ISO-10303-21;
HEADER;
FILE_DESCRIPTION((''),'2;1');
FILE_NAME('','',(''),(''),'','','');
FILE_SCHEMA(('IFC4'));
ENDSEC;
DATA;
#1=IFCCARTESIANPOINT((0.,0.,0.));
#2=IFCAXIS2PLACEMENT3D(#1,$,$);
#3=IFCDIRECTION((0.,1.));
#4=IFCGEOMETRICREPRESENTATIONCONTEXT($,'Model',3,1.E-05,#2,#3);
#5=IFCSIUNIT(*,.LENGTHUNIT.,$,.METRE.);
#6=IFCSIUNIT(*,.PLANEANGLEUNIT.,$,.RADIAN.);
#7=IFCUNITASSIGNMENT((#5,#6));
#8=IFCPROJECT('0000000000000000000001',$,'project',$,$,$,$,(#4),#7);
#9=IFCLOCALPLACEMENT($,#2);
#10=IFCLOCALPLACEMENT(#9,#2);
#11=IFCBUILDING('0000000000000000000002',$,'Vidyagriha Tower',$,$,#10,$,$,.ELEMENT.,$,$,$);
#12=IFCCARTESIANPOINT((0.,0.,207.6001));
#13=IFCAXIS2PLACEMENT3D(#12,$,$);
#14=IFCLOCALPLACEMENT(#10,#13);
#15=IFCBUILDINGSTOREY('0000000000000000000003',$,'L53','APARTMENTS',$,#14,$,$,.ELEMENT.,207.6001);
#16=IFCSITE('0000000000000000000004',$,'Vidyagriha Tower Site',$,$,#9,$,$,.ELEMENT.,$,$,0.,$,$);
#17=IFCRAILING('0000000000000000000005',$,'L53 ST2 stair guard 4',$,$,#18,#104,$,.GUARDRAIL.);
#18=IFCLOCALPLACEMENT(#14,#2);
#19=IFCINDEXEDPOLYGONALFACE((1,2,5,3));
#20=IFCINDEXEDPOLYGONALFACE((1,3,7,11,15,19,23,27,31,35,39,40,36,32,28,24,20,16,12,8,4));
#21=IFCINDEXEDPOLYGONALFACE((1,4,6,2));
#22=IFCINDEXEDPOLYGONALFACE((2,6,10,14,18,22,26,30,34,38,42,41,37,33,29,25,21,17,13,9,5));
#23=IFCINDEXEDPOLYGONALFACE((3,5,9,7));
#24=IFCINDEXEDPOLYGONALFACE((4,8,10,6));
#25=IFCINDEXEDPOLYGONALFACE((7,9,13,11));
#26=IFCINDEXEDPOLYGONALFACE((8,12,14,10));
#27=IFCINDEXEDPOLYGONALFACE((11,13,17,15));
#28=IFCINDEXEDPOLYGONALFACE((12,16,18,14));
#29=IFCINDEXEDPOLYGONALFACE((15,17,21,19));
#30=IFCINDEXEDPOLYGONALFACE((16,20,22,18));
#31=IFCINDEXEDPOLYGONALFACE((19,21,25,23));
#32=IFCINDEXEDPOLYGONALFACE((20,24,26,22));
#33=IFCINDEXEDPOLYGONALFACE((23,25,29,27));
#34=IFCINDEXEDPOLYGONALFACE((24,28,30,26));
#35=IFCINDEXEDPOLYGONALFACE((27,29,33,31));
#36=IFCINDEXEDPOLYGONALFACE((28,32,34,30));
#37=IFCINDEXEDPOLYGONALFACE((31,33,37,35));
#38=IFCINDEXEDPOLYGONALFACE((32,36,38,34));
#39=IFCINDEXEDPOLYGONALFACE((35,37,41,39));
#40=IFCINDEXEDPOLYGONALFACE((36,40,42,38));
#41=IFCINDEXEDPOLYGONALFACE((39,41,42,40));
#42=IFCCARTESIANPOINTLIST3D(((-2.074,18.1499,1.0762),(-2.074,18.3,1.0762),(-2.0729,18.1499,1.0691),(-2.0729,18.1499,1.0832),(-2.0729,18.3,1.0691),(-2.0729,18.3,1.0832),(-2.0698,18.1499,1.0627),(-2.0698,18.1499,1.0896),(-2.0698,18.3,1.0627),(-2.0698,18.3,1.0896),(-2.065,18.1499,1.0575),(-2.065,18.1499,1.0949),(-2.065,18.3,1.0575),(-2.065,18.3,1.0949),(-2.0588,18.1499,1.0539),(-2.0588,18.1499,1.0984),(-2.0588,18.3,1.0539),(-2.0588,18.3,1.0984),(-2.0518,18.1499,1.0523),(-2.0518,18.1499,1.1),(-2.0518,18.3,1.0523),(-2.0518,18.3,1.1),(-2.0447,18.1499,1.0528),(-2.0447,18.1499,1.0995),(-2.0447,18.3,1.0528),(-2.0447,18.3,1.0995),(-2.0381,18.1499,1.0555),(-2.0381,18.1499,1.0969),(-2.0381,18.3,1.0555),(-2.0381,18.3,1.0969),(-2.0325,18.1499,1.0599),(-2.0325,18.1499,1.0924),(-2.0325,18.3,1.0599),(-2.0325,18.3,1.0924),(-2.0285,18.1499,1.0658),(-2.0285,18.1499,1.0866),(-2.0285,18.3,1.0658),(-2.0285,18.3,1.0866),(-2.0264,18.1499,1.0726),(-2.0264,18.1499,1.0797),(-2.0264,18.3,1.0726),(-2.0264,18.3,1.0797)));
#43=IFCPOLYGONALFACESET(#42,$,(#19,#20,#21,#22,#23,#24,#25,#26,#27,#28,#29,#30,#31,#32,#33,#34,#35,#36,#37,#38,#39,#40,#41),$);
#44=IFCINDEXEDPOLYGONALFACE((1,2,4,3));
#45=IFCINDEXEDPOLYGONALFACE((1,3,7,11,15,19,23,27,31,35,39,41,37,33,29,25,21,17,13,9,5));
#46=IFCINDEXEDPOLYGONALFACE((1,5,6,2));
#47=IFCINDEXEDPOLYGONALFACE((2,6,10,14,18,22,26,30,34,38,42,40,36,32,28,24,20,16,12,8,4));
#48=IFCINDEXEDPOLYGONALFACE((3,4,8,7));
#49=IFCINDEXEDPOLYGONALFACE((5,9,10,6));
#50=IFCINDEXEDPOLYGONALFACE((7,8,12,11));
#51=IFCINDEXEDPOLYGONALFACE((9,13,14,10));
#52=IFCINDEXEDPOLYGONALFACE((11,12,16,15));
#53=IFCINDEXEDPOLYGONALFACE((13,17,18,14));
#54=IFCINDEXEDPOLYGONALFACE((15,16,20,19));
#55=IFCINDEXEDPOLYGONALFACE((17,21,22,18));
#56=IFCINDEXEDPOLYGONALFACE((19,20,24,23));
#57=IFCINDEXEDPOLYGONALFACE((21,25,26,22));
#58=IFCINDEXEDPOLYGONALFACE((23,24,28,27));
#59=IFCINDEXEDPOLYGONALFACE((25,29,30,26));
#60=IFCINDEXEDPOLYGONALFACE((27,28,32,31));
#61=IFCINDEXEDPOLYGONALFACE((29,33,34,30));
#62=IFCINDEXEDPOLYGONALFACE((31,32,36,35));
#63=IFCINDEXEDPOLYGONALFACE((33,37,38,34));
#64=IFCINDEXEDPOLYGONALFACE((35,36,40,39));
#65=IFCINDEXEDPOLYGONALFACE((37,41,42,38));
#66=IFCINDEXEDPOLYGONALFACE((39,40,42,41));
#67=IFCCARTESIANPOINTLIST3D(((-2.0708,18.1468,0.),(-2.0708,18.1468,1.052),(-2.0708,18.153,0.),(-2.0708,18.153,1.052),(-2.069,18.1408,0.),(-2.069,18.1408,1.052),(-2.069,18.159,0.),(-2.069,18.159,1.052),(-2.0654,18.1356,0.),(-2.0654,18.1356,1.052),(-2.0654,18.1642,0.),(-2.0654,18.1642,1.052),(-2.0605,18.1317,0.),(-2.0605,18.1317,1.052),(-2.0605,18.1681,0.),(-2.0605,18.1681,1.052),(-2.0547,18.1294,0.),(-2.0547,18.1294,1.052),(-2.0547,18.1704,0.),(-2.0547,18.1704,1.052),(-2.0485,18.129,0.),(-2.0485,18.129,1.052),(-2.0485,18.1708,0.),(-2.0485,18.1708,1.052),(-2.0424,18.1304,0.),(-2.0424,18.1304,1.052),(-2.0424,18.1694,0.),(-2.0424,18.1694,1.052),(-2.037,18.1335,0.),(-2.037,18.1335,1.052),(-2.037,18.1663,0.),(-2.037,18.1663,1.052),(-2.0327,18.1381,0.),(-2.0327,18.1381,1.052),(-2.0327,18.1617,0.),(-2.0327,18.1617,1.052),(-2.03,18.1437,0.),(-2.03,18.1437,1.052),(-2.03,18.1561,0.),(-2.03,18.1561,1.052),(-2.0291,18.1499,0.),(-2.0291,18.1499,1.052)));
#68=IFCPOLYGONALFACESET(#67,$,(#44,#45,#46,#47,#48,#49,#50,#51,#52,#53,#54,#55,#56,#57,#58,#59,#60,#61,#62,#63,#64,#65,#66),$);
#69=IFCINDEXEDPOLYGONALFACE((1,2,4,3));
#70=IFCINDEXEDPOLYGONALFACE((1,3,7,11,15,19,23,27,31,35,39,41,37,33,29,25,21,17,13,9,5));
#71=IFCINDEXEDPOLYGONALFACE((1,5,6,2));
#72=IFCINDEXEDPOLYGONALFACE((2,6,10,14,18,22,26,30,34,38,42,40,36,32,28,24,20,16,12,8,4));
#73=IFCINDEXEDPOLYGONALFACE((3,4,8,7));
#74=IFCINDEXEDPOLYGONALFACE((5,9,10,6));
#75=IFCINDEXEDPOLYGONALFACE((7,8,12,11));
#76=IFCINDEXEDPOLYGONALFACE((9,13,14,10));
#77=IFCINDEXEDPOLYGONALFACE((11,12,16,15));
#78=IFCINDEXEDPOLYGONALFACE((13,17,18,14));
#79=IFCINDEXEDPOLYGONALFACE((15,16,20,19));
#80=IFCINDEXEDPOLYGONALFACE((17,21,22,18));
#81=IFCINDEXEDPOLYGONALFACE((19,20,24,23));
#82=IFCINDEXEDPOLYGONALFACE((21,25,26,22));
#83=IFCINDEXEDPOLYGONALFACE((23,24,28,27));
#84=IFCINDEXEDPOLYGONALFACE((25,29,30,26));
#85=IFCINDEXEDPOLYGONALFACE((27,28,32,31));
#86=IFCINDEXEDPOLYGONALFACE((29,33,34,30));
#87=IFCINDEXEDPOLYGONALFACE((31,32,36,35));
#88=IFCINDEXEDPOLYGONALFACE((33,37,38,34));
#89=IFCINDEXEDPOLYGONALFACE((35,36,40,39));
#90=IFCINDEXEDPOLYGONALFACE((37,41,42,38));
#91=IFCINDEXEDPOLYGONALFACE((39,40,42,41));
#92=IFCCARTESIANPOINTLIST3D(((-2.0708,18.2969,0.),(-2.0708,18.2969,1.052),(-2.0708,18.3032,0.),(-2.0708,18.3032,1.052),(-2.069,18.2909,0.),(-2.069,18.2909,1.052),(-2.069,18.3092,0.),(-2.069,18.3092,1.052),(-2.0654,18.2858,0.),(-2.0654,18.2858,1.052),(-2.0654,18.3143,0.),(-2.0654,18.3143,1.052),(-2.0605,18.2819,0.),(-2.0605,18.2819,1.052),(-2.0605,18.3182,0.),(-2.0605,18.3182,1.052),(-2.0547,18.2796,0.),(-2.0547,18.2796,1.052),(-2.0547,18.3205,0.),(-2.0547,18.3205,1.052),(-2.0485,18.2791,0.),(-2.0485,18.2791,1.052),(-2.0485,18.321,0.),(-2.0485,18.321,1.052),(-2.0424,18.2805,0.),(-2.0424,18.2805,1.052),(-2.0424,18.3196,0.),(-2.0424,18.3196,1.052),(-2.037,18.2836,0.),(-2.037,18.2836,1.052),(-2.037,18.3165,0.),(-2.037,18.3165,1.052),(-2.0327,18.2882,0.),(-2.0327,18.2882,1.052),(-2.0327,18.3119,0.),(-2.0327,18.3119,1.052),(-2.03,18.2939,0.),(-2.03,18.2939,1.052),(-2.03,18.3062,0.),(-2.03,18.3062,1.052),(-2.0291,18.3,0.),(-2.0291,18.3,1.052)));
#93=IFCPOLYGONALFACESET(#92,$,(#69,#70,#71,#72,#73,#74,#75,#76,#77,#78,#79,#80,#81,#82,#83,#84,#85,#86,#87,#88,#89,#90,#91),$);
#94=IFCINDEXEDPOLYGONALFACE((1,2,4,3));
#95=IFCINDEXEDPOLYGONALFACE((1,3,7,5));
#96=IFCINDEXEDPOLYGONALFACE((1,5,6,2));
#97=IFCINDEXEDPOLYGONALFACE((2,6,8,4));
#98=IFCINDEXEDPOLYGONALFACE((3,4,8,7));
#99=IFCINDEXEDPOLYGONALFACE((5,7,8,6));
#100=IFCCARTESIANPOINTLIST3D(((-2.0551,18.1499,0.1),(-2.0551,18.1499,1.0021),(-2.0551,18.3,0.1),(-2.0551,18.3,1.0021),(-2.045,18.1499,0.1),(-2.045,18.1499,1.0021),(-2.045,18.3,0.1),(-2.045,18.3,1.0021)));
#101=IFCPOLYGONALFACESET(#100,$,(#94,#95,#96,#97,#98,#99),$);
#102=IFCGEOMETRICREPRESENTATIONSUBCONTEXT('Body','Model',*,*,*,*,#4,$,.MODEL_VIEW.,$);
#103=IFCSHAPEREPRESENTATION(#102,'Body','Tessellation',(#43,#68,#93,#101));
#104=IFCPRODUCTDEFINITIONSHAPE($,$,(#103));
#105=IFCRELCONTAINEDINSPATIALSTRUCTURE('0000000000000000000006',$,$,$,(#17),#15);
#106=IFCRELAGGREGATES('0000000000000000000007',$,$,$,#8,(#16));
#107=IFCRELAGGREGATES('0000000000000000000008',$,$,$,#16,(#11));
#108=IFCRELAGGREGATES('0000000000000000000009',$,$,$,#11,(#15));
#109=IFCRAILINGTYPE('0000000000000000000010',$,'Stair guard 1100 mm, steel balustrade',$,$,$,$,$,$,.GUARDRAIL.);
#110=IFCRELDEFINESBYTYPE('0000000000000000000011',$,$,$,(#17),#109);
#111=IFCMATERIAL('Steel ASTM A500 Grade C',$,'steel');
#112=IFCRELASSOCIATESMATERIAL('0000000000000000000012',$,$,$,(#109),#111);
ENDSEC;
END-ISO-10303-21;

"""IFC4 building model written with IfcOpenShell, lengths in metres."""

from ifc_helpers import new_model, si_unit, direction, frame, origin, origin_2d, place, context, subcontext, project, spatial, rectangle, circle, extrude, material, type_object, element, save


model = new_model("IFC4")

# Units and contexts
model_context = context("Model", 3, precision=1e-05, world=origin(), true_north=direction((0.0, 1.0)))
body_context = subcontext(model_context, "Body", "Model", "MODEL_VIEW")
ifc_project = project(units=[si_unit("LENGTHUNIT", "METRE"), si_unit("PLANEANGLEUNIT", "RADIAN")], contexts=[model_context])

# Site, building, storey
site_placement = place(None, origin())
site = spatial("IfcSite", under=ifc_project, at=site_placement, Name="Vidyagriha Tower Site", CompositionType="ELEMENT", RefElevation=0.0)
building_placement = place(site_placement, origin())
building = spatial("IfcBuilding", under=site, at=building_placement, Name="Vidyagriha Tower", CompositionType="ELEMENT")
storey_placement = place(building_placement, frame((0.0, 0.0, 207.6001)))
storey = spatial("IfcBuildingStorey", under=building, at=storey_placement, Name="L53", Description="APARTMENTS", CompositionType="ELEMENT", Elevation=207.6001)

# Railing
ifc_material_1 = material(Name="Steel ASTM A500 Grade C", Category="steel")
railing_type_1 = type_object("IfcRailingType", Name="Stair guard 1100 mm, steel balustrade", PredefinedType="GUARDRAIL", material=ifc_material_1)
railing_1_placement = place(storey_placement, frame((-2.05, 18.1499, 0.0)))
element("IfcRailing", 1, at=railing_1_placement, inside=storey, type_object=railing_type_1, Name="L53 ST2 stair guard 4", PredefinedType="GUARDRAIL", context=body_context, shape_type="SweptSolid", body=[
    extrude(circle(Radius=0.0239, at=origin_2d()), frame((0.0, 0.0, 1.0762), z_axis=(0.0, 1.0, 0.0), x_axis=(-1.0, 0.0, 0.0)), (0.0, 0.0, 1.0), 0.1501),
    extrude(circle(Radius=0.021, at=origin_2d()), origin(), (0.0, 0.0, 1.0), 1.052),
    extrude(circle(Radius=0.021, at=origin_2d()), frame((0.0, 0.1501, 0.0)), (0.0, 0.0, 1.0), 1.052),
    extrude(rectangle(XDim=0.01, YDim=0.9021, at=origin_2d()), frame((0.0, 0.0, 0.551), z_axis=(0.0, 1.0, 0.0), x_axis=(-1.0, 0.0, 0.0)), (0.0, 0.0, 1.0), 0.1501),
])

save(model, "model.ifc")
